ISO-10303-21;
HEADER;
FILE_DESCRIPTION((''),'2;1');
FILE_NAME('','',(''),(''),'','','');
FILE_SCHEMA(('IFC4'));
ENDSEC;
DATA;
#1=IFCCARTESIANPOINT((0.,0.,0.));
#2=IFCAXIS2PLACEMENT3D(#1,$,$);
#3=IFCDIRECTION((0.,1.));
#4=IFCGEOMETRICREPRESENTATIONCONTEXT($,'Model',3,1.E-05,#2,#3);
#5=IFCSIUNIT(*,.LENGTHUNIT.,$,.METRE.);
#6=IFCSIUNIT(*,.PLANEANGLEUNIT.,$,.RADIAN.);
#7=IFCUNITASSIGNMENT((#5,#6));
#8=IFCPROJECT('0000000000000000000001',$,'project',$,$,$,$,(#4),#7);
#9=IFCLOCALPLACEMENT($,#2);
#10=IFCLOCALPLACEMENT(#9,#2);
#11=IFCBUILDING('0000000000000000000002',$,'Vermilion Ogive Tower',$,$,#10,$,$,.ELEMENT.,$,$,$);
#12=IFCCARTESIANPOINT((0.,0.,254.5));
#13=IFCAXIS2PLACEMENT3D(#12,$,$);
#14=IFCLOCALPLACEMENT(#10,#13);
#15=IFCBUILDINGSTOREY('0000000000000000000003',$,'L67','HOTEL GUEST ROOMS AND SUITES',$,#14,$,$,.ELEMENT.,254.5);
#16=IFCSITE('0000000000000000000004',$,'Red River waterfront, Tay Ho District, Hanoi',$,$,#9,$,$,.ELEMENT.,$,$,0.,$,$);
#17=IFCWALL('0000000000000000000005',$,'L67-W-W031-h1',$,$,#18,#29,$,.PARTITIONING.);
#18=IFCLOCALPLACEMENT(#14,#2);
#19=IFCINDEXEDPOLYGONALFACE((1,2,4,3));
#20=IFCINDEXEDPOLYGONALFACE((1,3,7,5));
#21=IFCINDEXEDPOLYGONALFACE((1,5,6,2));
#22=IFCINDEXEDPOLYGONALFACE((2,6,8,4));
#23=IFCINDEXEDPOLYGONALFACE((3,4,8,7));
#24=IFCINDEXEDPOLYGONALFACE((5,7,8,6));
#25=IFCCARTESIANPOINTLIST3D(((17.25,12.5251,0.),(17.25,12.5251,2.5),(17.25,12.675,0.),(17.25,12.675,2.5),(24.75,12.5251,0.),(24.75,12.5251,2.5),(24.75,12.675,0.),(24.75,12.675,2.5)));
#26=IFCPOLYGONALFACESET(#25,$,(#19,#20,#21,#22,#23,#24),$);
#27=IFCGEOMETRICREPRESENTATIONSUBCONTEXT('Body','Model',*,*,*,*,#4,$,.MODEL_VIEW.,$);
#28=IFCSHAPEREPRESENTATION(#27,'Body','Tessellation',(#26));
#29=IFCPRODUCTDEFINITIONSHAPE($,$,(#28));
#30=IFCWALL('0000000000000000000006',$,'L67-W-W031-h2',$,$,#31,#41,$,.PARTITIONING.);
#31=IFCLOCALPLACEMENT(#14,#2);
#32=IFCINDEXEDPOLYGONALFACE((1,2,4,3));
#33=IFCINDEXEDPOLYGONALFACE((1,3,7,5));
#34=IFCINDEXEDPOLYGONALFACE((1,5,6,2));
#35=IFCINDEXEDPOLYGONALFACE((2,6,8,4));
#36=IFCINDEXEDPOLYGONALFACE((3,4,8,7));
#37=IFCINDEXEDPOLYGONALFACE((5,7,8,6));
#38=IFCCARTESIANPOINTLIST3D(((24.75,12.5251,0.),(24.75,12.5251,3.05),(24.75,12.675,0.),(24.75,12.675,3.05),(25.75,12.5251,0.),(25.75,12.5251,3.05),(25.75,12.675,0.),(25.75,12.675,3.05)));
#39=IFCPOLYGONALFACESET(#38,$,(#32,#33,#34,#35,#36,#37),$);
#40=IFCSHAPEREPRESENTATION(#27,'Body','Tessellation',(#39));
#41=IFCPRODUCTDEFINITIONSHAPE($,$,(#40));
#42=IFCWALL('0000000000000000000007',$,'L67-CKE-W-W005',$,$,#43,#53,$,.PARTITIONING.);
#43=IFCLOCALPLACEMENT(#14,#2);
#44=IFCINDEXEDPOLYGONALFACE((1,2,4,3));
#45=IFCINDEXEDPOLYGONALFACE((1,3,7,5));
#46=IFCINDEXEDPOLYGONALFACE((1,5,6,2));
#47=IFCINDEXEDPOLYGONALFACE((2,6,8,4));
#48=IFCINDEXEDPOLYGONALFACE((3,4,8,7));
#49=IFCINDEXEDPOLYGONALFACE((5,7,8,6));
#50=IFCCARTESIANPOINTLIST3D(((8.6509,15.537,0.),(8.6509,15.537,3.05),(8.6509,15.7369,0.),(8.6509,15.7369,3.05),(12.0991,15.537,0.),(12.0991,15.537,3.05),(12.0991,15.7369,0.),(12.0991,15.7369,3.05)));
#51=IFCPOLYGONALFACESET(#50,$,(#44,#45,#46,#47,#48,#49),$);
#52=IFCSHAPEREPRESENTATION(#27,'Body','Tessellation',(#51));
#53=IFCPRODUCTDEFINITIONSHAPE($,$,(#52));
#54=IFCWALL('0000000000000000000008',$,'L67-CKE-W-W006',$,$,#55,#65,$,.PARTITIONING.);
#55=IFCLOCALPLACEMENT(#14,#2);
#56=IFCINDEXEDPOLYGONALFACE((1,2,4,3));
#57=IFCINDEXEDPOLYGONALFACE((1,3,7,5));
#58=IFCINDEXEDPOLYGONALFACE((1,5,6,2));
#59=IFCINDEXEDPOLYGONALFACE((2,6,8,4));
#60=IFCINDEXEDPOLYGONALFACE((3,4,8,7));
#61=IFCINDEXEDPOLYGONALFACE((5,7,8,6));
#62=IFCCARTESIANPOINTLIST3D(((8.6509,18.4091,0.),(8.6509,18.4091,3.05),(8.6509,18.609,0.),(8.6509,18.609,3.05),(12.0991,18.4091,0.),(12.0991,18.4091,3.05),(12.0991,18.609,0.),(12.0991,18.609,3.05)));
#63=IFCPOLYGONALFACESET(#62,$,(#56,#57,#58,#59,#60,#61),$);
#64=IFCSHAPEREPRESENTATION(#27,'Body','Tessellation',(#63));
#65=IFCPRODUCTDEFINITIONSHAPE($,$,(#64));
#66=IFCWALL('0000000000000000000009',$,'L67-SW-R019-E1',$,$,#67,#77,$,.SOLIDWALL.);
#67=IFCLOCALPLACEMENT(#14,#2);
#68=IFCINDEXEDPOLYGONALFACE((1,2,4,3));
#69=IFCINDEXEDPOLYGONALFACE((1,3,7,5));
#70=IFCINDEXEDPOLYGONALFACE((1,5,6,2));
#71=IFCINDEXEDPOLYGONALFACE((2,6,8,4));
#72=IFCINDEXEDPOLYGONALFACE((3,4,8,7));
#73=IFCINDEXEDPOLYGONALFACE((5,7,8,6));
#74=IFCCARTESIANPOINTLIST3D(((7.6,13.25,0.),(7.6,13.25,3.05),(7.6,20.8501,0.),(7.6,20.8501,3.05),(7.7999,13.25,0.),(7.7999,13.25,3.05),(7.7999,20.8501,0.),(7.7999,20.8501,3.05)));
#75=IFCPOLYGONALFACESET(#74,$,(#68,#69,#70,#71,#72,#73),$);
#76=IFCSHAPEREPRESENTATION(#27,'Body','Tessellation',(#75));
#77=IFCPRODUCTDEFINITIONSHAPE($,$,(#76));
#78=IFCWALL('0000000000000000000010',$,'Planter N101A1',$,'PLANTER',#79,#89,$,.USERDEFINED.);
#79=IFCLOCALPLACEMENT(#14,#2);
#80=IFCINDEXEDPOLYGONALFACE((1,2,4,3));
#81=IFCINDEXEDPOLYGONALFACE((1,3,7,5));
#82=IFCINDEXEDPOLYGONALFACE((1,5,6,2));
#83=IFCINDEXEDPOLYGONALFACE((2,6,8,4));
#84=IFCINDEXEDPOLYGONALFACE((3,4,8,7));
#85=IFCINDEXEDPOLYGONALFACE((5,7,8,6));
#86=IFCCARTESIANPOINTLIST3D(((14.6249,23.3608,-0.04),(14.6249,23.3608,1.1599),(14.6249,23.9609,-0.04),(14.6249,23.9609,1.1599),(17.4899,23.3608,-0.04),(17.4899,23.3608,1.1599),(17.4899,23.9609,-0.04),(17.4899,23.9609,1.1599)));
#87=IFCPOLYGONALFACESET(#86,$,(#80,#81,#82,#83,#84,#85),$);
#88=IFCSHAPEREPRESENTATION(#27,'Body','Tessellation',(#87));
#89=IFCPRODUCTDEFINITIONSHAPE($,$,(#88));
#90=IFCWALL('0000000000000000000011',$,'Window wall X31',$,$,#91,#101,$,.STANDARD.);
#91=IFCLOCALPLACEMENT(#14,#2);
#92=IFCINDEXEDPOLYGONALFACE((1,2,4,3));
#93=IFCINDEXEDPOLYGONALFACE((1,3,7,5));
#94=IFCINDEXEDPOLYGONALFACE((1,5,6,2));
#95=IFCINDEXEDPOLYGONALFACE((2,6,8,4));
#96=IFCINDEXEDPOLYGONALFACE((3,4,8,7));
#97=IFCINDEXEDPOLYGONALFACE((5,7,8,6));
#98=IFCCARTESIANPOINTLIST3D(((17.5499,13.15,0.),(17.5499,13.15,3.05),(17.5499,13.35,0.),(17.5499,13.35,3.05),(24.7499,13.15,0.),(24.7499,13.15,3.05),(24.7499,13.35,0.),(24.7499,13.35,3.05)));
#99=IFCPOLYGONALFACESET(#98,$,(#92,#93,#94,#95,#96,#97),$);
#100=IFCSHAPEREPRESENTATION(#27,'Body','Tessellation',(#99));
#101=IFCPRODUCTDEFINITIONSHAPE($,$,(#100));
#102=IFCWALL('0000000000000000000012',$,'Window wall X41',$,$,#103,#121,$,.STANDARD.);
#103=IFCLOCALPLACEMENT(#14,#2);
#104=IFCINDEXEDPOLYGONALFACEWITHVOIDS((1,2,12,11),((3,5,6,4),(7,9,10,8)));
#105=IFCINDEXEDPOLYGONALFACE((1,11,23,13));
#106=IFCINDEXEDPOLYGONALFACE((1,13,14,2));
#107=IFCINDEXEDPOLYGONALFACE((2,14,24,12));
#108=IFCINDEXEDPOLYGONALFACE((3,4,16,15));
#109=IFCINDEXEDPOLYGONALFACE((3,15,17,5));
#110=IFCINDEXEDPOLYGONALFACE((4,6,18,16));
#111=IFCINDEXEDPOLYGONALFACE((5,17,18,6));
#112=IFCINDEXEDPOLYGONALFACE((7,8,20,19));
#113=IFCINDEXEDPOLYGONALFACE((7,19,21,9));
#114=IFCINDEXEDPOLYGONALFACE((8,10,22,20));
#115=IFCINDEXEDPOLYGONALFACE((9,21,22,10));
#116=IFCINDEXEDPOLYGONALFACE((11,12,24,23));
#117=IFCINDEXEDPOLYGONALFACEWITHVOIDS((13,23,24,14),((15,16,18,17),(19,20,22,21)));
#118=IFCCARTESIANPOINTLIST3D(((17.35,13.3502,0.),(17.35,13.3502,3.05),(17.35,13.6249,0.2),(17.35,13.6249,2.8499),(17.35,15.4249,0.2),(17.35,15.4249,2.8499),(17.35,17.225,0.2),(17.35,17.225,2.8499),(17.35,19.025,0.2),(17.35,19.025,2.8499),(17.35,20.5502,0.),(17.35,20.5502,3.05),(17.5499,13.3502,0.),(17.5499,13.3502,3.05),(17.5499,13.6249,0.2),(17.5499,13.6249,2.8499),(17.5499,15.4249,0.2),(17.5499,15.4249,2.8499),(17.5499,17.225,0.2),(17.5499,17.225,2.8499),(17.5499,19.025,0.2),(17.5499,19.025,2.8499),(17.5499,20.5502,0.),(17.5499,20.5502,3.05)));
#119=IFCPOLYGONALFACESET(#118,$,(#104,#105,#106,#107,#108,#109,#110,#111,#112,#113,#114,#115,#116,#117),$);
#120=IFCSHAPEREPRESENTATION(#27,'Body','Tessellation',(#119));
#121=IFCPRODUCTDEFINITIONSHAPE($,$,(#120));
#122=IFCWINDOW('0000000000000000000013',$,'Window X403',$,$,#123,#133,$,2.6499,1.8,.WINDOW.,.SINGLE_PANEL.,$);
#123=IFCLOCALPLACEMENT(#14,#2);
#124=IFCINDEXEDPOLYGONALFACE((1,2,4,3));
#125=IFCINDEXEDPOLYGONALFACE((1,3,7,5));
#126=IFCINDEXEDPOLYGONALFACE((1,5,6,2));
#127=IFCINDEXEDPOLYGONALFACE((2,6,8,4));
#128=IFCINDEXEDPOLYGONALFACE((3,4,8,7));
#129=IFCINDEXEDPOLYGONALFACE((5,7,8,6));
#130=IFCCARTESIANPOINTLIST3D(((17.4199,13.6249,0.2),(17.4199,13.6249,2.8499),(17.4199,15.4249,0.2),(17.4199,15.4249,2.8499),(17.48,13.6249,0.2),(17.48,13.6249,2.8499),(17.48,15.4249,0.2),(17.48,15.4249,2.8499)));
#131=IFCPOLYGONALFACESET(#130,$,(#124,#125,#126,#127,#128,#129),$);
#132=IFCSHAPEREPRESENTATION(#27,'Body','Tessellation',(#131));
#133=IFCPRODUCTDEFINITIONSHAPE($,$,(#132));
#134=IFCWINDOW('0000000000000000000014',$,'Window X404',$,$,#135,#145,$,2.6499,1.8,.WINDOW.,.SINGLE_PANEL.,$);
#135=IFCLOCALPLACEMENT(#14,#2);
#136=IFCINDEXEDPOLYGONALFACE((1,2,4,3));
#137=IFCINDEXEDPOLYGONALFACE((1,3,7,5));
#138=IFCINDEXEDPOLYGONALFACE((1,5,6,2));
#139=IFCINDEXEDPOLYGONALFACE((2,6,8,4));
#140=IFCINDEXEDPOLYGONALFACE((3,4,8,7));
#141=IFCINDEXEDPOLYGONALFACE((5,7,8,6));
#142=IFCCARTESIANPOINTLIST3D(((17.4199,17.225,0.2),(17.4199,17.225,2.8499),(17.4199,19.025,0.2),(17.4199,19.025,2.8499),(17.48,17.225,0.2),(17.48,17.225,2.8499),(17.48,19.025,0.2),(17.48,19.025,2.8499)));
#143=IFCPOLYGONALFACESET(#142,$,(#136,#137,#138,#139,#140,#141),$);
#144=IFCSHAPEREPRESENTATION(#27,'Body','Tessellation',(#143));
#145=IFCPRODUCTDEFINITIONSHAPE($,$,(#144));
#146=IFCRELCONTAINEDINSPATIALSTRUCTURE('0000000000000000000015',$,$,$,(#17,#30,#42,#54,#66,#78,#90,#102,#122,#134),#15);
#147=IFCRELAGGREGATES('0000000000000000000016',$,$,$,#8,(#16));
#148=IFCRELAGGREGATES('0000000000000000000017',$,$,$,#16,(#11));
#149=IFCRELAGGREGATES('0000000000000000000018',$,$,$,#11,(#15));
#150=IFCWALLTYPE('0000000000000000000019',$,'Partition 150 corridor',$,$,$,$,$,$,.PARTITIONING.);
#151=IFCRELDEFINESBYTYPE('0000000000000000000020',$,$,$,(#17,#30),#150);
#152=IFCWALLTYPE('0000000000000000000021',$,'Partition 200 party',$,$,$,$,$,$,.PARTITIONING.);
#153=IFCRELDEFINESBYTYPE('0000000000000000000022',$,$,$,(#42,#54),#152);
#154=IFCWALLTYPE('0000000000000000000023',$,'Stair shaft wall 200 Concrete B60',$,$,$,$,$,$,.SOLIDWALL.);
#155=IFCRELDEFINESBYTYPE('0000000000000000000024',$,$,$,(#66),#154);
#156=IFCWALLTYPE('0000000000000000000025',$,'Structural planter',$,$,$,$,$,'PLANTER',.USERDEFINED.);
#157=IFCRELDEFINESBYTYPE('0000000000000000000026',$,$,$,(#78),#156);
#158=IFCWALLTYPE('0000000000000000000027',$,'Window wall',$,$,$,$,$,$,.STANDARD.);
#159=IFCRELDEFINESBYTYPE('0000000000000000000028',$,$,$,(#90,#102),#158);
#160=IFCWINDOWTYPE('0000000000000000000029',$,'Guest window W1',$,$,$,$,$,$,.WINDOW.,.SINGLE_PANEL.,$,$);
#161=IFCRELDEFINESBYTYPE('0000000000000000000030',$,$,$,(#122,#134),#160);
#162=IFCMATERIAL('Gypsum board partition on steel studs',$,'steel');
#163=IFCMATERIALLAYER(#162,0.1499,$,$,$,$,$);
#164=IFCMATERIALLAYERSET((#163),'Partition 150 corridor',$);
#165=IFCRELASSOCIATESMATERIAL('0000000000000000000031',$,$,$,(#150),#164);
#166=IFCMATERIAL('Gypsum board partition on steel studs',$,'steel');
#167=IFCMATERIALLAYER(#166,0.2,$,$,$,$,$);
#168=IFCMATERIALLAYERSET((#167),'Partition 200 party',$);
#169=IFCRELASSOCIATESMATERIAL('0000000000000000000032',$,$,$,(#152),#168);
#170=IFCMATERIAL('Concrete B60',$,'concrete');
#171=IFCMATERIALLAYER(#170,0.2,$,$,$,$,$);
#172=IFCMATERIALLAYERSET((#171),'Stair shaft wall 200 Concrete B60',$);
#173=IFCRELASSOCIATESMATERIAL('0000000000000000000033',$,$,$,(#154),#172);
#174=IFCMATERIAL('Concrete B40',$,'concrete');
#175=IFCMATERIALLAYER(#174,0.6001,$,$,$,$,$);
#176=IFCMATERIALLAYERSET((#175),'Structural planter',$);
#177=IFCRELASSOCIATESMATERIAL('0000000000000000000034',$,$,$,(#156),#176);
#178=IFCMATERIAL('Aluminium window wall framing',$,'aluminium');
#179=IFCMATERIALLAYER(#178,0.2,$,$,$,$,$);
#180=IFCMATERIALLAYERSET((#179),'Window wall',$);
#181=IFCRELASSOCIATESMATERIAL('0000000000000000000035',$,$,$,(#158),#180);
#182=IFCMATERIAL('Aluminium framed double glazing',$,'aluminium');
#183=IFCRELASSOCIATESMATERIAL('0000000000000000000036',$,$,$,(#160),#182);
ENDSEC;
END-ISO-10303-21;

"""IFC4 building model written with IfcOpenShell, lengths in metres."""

from ifc_helpers import new_model, si_unit, direction, frame, frame_2d, origin, place, context, subcontext, project, spatial, rectangle, extrude, material, layer, layer_set, type_object, element, fill, save


model = new_model("IFC4")

# Units and contexts
model_context = context("Model", 3, precision=1e-05, world=origin(), true_north=direction((0.0, 1.0)))
body_context = subcontext(model_context, "Body", "Model", "MODEL_VIEW")
ifc_project = project(units=[si_unit("LENGTHUNIT", "METRE"), si_unit("PLANEANGLEUNIT", "RADIAN")], contexts=[model_context])

# Site, building, storey
site_placement = place(None, origin())
site = spatial("IfcSite", under=ifc_project, at=site_placement, Name="Red River waterfront, Tay Ho District, Hanoi", CompositionType="ELEMENT", RefElevation=0.0)
building_placement = place(site_placement, origin())
building = spatial("IfcBuilding", under=site, at=building_placement, Name="Vermilion Ogive Tower", CompositionType="ELEMENT")
storey_placement = place(building_placement, frame((0.0, 0.0, 254.5)))
storey = spatial("IfcBuildingStorey", under=building, at=storey_placement, Name="L67", Description="HOTEL GUEST ROOMS AND SUITES", CompositionType="ELEMENT", Elevation=254.5)

# Shared definitions
ifc_material_1 = material(Name="Gypsum board partition on steel studs", Category="steel")
ifc_layer_1 = layer(ifc_material_1, 0.1499)
ifc_layer_set_1 = layer_set([ifc_layer_1], Name="Partition 150 corridor")
wall_type_1 = type_object("IfcWallType", Name="Partition 150 corridor", PredefinedType="PARTITIONING", material=ifc_layer_set_1)

# Walls
wall_1_placement = place(storey_placement, frame((17.25, 12.6001, 0.0), z_axis=(0.0, 0.0, 1.0), x_axis=(1.0, 0.0, 0.0)))
element("IfcWall", 1, at=wall_1_placement, inside=storey, type_object=wall_type_1, Name="L67-W-W031-h1", PredefinedType="PARTITIONING", context=body_context, shape_type="SweptSolid", body=[
    extrude(rectangle(XDim=7.5, YDim=0.1499, at=frame_2d((3.75, 0.0))), origin(), (0.0, 0.0, 1.0), 2.5),
])
wall_2_placement = place(storey_placement, frame((24.75, 12.6001, 0.0), z_axis=(0.0, 0.0, 1.0), x_axis=(1.0, 0.0, 0.0)))
element("IfcWall", 2, at=wall_2_placement, inside=storey, type_object=wall_type_1, Name="L67-W-W031-h2", PredefinedType="PARTITIONING", context=body_context, shape_type="SweptSolid", body=[
    extrude(rectangle(XDim=1.0, YDim=0.1499, at=frame_2d((0.5, 0.0))), origin(), (0.0, 0.0, 1.0), 3.05),
])
ifc_material_2 = material(Name="Gypsum board partition on steel studs", Category="steel")
ifc_layer_2 = layer(ifc_material_2, 0.2)
ifc_layer_set_2 = layer_set([ifc_layer_2], Name="Partition 200 party")
wall_type_2 = type_object("IfcWallType", Name="Partition 200 party", PredefinedType="PARTITIONING", material=ifc_layer_set_2)
for number, where, z_axis, x_axis, name in (
    (3, (8.6509, 15.637, 0.0), (0.0, 0.0, 1.0), (1.0, 0.0, 0.0), "L67-CKE-W-W005"),
    (4, (8.6509, 18.509, 0.0), (0.0, 0.0, 1.0), (1.0, 0.0, 0.0), "L67-CKE-W-W006"),
):
    element("IfcWall", number, at=place(storey_placement, frame(where, z_axis=z_axis, x_axis=x_axis)), inside=storey, type_object=wall_type_2, Name=name, PredefinedType="PARTITIONING", context=body_context, shape_type="SweptSolid", body=[
        extrude(rectangle(XDim=3.4482, YDim=0.2, at=frame_2d((1.7241, 0.0))), origin(), (0.0, 0.0, 1.0), 3.05),
    ])
ifc_material_3 = material(Name="Concrete B60", Category="concrete")
ifc_layer_3 = layer(ifc_material_3, 0.2)
ifc_layer_set_3 = layer_set([ifc_layer_3], Name="Stair shaft wall 200 Concrete B60")
wall_type_3 = type_object("IfcWallType", Name="Stair shaft wall 200 Concrete B60", PredefinedType="SOLIDWALL", material=ifc_layer_set_3)
wall_3_placement = place(storey_placement, frame((7.7, 13.25, 0.0), z_axis=(0.0, 0.0, 1.0), x_axis=(0.0, 1.0, 0.0)))
element("IfcWall", 5, at=wall_3_placement, inside=storey, type_object=wall_type_3, Name="L67-SW-R019-E1", PredefinedType="SOLIDWALL", context=body_context, shape_type="SweptSolid", body=[
    extrude(rectangle(XDim=7.6001, YDim=0.2, at=frame_2d((3.8, 0.0))), origin(), (0.0, 0.0, 1.0), 3.05),
])
ifc_material_4 = material(Name="Concrete B40", Category="concrete")
ifc_layer_4 = layer(ifc_material_4, 0.6001)
ifc_layer_set_4 = layer_set([ifc_layer_4], Name="Structural planter")
wall_type_4 = type_object("IfcWallType", Name="Structural planter", ElementType="PLANTER", PredefinedType="USERDEFINED", material=ifc_layer_set_4)
wall_4_placement = place(storey_placement, frame((17.49, 23.6609, -0.04), z_axis=(0.0, 0.0, 1.0), x_axis=(-1.0, 0.0, 0.0)))
element("IfcWall", 6, at=wall_4_placement, inside=storey, type_object=wall_type_4, Name="Planter N101A1", ObjectType="PLANTER", PredefinedType="USERDEFINED", context=body_context, shape_type="SweptSolid", body=[
    extrude(rectangle(XDim=2.865, YDim=0.6001, at=frame_2d((1.4326, 0.0))), origin(), (0.0, 0.0, 1.0), 1.2),
])
ifc_material_5 = material(Name="Aluminium window wall framing", Category="aluminium")
ifc_layer_5 = layer(ifc_material_5, 0.2)
ifc_layer_set_5 = layer_set([ifc_layer_5], Name="Window wall")
wall_type_5 = type_object("IfcWallType", Name="Window wall", PredefinedType="STANDARD", material=ifc_layer_set_5)
wall_5_placement = place(storey_placement, frame((24.75, 13.25, 0.0), z_axis=(0.0, 0.0, 1.0), x_axis=(-1.0, 0.0, 0.0)))
element("IfcWall", 7, at=wall_5_placement, inside=storey, type_object=wall_type_5, Name="Window wall X31", PredefinedType="STANDARD", context=body_context, shape_type="SweptSolid", body=[
    extrude(rectangle(XDim=7.2, YDim=0.2, at=frame_2d((3.6001, 0.0))), origin(), (0.0, 0.0, 1.0), 3.05),
])

# Wall, openings, windows
wall_6_placement = place(storey_placement, frame((17.45, 13.3501, 0.0), z_axis=(0.0, 0.0, 1.0), x_axis=(0.0, 1.0, 0.0)))
wall_6 = element("IfcWall", 8, at=wall_6_placement, inside=storey, type_object=wall_type_5, Name="Window wall X41", PredefinedType="STANDARD", context=body_context, shape_type="SweptSolid", body=[
    extrude(rectangle(XDim=7.2, YDim=0.2, at=frame_2d((3.6001, 0.0))), origin(), (0.0, 0.0, 1.0), 3.05),
])
opening_1_placement = place(wall_6_placement, frame((0.2749, 0.0, 0.2)))
opening_1 = element("IfcOpeningElement", 9, at=opening_1_placement, cuts=wall_6, PredefinedType="OPENING", context=body_context, shape_type="SweptSolid", body=[
    extrude(rectangle(XDim=1.8, YDim=2.6499, at=frame_2d((0.8999, 1.325))), frame((0.0, 0.1099, 0.0), z_axis=(0.0, -1.0, 0.0), x_axis=(1.0, 0.0, 0.0)), (0.0, 0.0, 1.0), 0.22),
])
opening_2_placement = place(wall_6_placement, frame((3.875, 0.0, 0.2)))
opening_2 = element("IfcOpeningElement", 10, at=opening_2_placement, cuts=wall_6, PredefinedType="OPENING", context=body_context, shape_type="SweptSolid", body=[
    extrude(rectangle(XDim=1.8, YDim=2.6499, at=frame_2d((0.8999, 1.325))), frame((0.0, 0.1099, 0.0), z_axis=(0.0, -1.0, 0.0), x_axis=(1.0, 0.0, 0.0)), (0.0, 0.0, 1.0), 0.22),
])
ifc_material_6 = material(Name="Aluminium framed double glazing", Category="aluminium")
window_type = type_object("IfcWindowType", Name="Guest window W1", PartitioningType="SINGLE_PANEL", PredefinedType="WINDOW", material=ifc_material_6)
window_1_placement = place(opening_1_placement, origin())
window_1 = element("IfcWindow", 11, at=window_1_placement, inside=storey, type_object=window_type, Name="Window X403", OverallHeight=2.6499, OverallWidth=1.8, PartitioningType="SINGLE_PANEL", PredefinedType="WINDOW", context=body_context, shape_type="SweptSolid", body=[
    extrude(rectangle(XDim=1.8, YDim=2.6499, at=frame_2d((0.8999, 1.325))), frame((0.0, 0.03, 0.0), z_axis=(0.0, -1.0, 0.0), x_axis=(1.0, 0.0, 0.0)), (0.0, 0.0, 1.0), 0.0601),
])
fill(opening_1, window_1)
window_2_placement = place(opening_2_placement, origin())
window_2 = element("IfcWindow", 12, at=window_2_placement, inside=storey, type_object=window_type, Name="Window X404", OverallHeight=2.6499, OverallWidth=1.8, PartitioningType="SINGLE_PANEL", PredefinedType="WINDOW", context=body_context, shape_type="SweptSolid", body=[
    extrude(rectangle(XDim=1.8, YDim=2.6499, at=frame_2d((0.8999, 1.325))), frame((0.0, 0.03, 0.0), z_axis=(0.0, -1.0, 0.0), x_axis=(1.0, 0.0, 0.0)), (0.0, 0.0, 1.0), 0.0601),
])
fill(opening_2, window_2)

save(model, "model.ifc")
